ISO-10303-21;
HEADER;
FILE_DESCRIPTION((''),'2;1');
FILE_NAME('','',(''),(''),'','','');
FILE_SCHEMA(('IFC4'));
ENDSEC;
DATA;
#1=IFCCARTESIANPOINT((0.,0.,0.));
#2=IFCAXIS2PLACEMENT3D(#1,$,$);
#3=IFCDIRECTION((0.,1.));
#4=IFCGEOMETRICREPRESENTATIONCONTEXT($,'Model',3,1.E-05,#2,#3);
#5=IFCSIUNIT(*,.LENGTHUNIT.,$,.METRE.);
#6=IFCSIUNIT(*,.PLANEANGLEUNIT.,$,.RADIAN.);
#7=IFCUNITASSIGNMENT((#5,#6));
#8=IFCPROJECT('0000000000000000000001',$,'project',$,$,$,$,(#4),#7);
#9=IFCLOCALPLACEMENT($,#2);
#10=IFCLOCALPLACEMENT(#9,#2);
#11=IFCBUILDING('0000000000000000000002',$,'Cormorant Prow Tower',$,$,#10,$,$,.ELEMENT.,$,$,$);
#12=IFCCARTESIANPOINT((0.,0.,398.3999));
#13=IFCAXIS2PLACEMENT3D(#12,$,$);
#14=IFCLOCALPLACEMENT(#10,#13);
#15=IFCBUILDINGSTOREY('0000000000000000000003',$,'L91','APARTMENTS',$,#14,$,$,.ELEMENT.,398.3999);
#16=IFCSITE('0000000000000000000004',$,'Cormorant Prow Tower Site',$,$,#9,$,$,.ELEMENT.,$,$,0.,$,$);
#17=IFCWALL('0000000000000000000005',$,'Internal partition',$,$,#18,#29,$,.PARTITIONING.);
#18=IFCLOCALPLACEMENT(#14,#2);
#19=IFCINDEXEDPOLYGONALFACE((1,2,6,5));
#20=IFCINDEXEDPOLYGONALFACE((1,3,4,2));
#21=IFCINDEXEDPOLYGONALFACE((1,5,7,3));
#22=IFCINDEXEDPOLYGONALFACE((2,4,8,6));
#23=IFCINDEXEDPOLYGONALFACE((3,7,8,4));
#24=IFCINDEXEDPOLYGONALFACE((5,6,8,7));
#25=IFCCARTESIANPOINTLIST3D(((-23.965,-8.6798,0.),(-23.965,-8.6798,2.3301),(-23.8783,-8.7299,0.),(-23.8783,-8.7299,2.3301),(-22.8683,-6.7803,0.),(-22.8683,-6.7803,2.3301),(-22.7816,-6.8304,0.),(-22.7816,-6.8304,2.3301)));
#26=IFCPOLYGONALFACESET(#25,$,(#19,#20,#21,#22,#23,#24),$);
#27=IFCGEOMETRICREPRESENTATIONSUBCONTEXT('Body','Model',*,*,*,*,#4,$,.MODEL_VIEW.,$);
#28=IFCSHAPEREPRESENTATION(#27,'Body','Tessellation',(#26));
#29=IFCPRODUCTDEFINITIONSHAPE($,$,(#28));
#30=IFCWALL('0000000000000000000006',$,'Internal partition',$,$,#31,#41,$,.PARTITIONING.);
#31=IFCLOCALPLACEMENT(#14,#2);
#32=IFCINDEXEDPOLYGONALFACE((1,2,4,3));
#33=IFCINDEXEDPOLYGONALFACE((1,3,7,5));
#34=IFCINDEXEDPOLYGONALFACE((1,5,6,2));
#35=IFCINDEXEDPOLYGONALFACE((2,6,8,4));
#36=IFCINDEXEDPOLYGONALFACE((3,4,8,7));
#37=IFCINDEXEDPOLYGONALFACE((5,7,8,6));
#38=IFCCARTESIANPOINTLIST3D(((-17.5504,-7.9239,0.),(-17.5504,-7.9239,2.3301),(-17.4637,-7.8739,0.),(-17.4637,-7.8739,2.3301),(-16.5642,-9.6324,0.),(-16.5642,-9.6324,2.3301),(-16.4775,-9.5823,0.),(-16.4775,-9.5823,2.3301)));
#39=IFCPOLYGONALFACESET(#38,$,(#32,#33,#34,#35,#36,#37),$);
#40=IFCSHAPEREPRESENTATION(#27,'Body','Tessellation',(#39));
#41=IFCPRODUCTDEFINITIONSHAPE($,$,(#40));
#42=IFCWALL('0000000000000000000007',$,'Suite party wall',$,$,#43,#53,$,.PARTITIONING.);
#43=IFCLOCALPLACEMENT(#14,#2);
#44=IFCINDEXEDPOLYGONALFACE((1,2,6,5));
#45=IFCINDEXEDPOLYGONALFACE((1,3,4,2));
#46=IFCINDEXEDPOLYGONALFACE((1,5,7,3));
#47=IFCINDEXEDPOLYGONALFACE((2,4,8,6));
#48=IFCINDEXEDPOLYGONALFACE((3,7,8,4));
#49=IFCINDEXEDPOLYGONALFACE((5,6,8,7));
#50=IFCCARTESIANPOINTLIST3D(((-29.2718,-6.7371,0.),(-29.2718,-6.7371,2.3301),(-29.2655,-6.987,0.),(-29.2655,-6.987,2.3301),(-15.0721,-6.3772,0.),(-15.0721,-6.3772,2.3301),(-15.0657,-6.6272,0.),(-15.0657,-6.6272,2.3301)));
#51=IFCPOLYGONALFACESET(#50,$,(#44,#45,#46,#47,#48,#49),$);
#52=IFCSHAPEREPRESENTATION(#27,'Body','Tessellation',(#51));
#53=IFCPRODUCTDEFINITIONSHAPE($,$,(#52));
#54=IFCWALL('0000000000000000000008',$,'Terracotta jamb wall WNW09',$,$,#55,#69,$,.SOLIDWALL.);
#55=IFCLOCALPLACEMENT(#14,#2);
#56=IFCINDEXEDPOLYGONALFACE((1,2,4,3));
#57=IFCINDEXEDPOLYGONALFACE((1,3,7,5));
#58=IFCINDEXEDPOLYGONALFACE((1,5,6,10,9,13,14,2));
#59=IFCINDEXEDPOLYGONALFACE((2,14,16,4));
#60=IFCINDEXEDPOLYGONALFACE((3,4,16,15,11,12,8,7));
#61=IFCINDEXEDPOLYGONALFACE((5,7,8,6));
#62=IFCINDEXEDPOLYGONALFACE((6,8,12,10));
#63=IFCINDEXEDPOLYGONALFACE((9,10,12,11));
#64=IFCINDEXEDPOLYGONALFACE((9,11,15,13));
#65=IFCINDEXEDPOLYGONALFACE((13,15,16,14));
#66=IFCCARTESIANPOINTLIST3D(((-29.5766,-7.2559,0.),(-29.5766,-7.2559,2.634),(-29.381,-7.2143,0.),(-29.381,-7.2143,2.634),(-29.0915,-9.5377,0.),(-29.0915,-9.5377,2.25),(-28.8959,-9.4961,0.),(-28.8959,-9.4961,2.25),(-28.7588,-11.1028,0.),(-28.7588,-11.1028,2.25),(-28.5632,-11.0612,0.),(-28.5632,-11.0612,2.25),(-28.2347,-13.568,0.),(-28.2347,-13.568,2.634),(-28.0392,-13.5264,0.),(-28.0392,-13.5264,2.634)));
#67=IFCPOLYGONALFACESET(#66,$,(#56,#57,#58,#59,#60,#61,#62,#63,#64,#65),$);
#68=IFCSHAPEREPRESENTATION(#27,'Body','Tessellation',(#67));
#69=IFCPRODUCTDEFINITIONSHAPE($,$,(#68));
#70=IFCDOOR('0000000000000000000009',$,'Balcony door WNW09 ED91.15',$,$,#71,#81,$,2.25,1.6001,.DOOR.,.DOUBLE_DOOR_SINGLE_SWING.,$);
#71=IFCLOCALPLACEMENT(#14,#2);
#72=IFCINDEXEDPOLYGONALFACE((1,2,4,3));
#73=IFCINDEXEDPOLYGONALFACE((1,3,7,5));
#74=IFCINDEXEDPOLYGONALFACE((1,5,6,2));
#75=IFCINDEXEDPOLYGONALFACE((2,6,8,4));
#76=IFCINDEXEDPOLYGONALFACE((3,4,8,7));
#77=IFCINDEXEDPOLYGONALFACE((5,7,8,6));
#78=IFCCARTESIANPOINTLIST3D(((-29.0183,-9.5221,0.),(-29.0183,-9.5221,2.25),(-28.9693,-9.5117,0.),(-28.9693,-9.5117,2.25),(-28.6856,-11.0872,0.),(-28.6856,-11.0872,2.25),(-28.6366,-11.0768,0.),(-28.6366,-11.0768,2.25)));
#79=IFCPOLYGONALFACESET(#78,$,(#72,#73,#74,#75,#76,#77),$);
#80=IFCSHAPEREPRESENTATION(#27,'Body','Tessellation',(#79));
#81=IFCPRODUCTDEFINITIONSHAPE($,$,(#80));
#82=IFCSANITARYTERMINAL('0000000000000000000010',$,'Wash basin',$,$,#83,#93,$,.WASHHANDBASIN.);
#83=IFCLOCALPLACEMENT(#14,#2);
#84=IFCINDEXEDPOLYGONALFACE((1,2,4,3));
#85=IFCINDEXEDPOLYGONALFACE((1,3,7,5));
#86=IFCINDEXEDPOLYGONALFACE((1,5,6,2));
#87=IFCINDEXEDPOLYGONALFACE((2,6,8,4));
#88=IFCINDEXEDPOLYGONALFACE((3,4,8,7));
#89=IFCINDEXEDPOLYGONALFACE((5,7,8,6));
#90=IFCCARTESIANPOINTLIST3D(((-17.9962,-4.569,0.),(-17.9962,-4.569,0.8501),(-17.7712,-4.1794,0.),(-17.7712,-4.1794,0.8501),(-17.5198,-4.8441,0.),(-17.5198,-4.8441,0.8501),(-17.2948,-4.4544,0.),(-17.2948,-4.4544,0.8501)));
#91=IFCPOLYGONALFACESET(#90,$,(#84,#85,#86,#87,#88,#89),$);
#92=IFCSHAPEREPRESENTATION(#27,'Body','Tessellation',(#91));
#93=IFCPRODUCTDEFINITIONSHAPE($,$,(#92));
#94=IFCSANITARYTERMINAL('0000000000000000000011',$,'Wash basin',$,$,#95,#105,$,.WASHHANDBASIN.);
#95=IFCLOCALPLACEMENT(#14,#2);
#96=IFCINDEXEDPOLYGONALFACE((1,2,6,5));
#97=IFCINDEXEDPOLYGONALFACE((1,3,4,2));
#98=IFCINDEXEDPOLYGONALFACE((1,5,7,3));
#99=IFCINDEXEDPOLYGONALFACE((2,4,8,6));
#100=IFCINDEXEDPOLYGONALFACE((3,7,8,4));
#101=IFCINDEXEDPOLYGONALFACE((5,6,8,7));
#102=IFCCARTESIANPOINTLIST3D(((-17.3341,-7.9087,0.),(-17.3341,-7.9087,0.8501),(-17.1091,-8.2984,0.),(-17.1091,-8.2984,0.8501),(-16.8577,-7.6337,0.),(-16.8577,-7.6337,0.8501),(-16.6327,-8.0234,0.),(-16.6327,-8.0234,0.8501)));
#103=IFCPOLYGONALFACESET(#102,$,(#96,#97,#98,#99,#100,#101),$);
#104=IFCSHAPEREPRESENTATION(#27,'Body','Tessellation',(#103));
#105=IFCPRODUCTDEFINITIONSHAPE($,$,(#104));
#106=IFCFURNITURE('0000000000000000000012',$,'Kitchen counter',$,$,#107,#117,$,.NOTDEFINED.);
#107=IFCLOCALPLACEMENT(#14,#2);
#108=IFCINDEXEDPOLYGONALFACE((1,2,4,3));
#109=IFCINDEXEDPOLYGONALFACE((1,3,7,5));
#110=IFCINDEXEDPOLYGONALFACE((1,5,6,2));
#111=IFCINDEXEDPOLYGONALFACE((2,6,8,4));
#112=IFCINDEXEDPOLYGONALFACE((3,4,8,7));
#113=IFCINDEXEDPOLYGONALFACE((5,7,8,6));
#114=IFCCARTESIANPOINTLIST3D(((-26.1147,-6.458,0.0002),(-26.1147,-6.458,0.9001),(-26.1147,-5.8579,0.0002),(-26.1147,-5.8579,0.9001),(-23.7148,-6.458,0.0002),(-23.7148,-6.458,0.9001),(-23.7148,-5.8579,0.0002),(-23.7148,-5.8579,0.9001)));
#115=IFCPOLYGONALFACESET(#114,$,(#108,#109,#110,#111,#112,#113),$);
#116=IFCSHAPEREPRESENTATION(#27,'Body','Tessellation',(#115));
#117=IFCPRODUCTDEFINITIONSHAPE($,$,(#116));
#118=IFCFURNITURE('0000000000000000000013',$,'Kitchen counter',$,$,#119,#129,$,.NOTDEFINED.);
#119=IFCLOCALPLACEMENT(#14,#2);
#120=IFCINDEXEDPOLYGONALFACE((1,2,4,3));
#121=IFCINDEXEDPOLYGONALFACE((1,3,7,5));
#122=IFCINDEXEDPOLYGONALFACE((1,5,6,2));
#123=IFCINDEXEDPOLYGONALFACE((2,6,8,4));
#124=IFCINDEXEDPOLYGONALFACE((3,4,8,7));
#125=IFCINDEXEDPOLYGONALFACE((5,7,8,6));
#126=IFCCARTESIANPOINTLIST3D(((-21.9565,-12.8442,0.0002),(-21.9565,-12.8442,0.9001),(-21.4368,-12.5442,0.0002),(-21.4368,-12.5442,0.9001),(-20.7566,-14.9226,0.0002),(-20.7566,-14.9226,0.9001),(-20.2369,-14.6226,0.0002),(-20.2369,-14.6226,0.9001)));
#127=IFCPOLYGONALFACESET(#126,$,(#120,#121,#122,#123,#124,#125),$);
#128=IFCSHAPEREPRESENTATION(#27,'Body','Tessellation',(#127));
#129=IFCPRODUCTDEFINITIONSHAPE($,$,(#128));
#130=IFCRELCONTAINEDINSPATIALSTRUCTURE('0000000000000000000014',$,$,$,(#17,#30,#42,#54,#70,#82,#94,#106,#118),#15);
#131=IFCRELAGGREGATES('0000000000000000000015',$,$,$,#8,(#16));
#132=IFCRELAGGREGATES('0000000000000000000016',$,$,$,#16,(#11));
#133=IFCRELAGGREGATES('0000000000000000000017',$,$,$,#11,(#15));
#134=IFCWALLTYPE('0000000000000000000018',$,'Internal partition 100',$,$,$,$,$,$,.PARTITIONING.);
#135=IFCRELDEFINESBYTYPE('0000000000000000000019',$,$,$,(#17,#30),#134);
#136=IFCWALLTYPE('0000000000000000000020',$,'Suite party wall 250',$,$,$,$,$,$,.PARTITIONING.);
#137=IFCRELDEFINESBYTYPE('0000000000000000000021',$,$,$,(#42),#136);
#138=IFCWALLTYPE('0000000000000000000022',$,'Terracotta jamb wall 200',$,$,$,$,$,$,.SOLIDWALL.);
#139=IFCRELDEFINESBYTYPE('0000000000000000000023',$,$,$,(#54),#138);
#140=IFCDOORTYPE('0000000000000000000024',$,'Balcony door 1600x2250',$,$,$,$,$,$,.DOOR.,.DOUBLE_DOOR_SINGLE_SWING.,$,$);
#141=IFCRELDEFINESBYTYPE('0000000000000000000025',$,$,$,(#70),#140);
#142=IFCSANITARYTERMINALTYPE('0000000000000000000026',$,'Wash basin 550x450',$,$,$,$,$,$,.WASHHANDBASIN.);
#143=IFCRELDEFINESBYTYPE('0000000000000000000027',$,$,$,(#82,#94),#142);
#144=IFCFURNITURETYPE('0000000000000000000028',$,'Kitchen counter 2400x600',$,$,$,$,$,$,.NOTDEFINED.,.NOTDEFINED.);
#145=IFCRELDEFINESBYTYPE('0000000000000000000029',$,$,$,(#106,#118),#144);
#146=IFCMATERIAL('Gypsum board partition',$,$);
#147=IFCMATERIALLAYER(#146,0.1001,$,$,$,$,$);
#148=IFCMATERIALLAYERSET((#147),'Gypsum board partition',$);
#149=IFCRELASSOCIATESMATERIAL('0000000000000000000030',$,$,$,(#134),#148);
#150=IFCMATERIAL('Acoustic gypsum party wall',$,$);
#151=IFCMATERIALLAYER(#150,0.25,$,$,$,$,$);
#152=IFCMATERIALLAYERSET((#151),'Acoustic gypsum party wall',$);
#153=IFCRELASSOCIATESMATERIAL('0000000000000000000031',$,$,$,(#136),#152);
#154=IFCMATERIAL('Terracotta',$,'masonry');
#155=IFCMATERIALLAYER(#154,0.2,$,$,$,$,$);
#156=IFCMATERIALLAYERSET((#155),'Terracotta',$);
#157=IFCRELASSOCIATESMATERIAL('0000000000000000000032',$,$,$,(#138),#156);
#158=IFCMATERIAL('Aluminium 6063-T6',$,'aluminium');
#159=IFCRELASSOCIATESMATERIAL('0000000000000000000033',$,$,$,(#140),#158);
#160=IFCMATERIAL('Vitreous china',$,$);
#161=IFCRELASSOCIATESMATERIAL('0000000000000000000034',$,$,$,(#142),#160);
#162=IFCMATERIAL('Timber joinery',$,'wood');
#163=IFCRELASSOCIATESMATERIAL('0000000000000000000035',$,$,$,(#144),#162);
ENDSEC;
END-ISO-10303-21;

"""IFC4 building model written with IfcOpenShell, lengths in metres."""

from ifc_helpers import new_model, si_unit, direction, frame, frame_2d, origin, origin_2d, place, context, subcontext, project, spatial, rectangle, extrude, material, layer, layer_set, type_object, element, fill, save


model = new_model("IFC4")

# Units and contexts
model_context = context("Model", 3, precision=1e-05, world=origin(), true_north=direction((0.0, 1.0)))
body_context = subcontext(model_context, "Body", "Model", "MODEL_VIEW")
ifc_project = project(units=[si_unit("LENGTHUNIT", "METRE"), si_unit("PLANEANGLEUNIT", "RADIAN")], contexts=[model_context])

# Site, building, storey
site_placement = place(None, origin())
site = spatial("IfcSite", under=ifc_project, at=site_placement, Name="Cormorant Prow Tower Site", CompositionType="ELEMENT", RefElevation=0.0)
building_placement = place(site_placement, origin())
building = spatial("IfcBuilding", under=site, at=building_placement, Name="Cormorant Prow Tower", CompositionType="ELEMENT")
storey_placement = place(building_placement, frame((0.0, 0.0, 398.3999)))
storey = spatial("IfcBuildingStorey", under=building, at=storey_placement, Name="L91", Description="APARTMENTS", CompositionType="ELEMENT", Elevation=398.3999)

# Shared definitions
ifc_material_1 = material(Name="Gypsum board partition")
ifc_layer_1 = layer(ifc_material_1, 0.1001)
ifc_layer_set_1 = layer_set([ifc_layer_1], Name="Gypsum board partition")
wall_type_1 = type_object("IfcWallType", Name="Internal partition 100", PredefinedType="PARTITIONING", material=ifc_layer_set_1)

# Walls
wall_1_placement = place(storey_placement, frame((-23.9216, -8.7048, 0.0), z_axis=(0.0, 0.0, 1.0), x_axis=(0.500018, 0.866015, 0.0)))
element("IfcWall", 1, at=wall_1_placement, inside=storey, type_object=wall_type_1, Name="Internal partition", PredefinedType="PARTITIONING", context=body_context, shape_type="SweptSolid", body=[
    extrude(rectangle(XDim=2.1934, YDim=0.1001, at=frame_2d((1.0967, 0.0))), origin(), (0.0, 0.0, 1.0), 2.3301),
])
wall_2_placement = place(storey_placement, frame((-17.5071, -7.8989, 0.0), z_axis=(0.0, 0.0, 1.0), x_axis=(0.499972, -0.866041, 0.0)))
element("IfcWall", 2, at=wall_2_placement, inside=storey, type_object=wall_type_1, Name="Internal partition", PredefinedType="PARTITIONING", context=body_context, shape_type="SweptSolid", body=[
    extrude(rectangle(XDim=1.9727, YDim=0.1001, at=frame_2d((0.9863, 0.0))), origin(), (0.0, 0.0, 1.0), 2.3301),
])
ifc_material_2 = material(Name="Acoustic gypsum party wall")
ifc_layer_2 = layer(ifc_material_2, 0.25)
ifc_layer_set_2 = layer_set([ifc_layer_2], Name="Acoustic gypsum party wall")
wall_type_2 = type_object("IfcWallType", Name="Suite party wall 250", PredefinedType="PARTITIONING", material=ifc_layer_set_2)
wall_3_placement = place(storey_placement, frame((-29.2686, -6.8621, 0.0), z_axis=(0.0, 0.0, 1.0), x_axis=(0.999679, 0.025335, 0.0)))
element("IfcWall", 3, at=wall_3_placement, inside=storey, type_object=wall_type_2, Name="Suite party wall", PredefinedType="PARTITIONING", context=body_context, shape_type="SweptSolid", body=[
    extrude(rectangle(XDim=14.2043, YDim=0.25, at=frame_2d((7.1021, 0.0))), origin(), (0.0, 0.0, 1.0), 2.3301),
])

# Wall, opening, door
ifc_material_3 = material(Name="Terracotta", Category="masonry")
ifc_layer_3 = layer(ifc_material_3, 0.2)
ifc_layer_set_3 = layer_set([ifc_layer_3], Name="Terracotta")
wall_type_3 = type_object("IfcWallType", Name="Terracotta jamb wall 200", PredefinedType="SOLIDWALL", material=ifc_layer_set_3)
wall_4_placement = place(storey_placement, frame((-29.4788, -7.2351, 0.0), z_axis=(0.0, 0.0, 1.0), x_axis=(0.207932, -0.978143, 0.0)))
wall_4 = element("IfcWall", 4, at=wall_4_placement, inside=storey, type_object=wall_type_3, Name="Terracotta jamb wall WNW09", PredefinedType="SOLIDWALL", context=body_context, shape_type="SweptSolid", body=[
    extrude(rectangle(XDim=6.4531, YDim=0.2, at=frame_2d((3.2266, 0.0))), origin(), (0.0, 0.0, 1.0), 2.634),
])
opening_1_placement = place(wall_4_placement, frame((2.3328, 0.0, 0.0)))
opening_1 = element("IfcOpeningElement", 5, at=opening_1_placement, cuts=wall_4, PredefinedType="OPENING", context=body_context, shape_type="SweptSolid", body=[
    extrude(rectangle(XDim=1.6001, YDim=2.25, at=frame_2d((0.8, 1.125))), frame((0.0, 0.1099, 0.0), z_axis=(0.0, -1.0, 0.0), x_axis=(1.0, 0.0, 0.0)), (0.0, 0.0, 1.0), 0.22),
])
ifc_material_4 = material(Name="Aluminium 6063-T6", Category="aluminium")
door_type_1 = type_object("IfcDoorType", Name="Balcony door 1600x2250", OperationType="DOUBLE_DOOR_SINGLE_SWING", PredefinedType="DOOR", material=ifc_material_4)
door_1_placement = place(opening_1_placement, origin())
door_1 = element("IfcDoor", 6, at=door_1_placement, inside=storey, type_object=door_type_1, Name="Balcony door WNW09 ED91.15", OperationType="DOUBLE_DOOR_SINGLE_SWING", OverallHeight=2.25, OverallWidth=1.6001, PredefinedType="DOOR", context=body_context, shape_type="SweptSolid", body=[
    extrude(rectangle(XDim=1.6001, YDim=2.25, at=frame_2d((0.8, 1.125))), frame((0.0, 0.0249, 0.0), z_axis=(0.0, -1.0, 0.0), x_axis=(1.0, 0.0, 0.0)), (0.0, 0.0, 1.0), 0.05),
])
fill(opening_1, door_1)

# Sanitary terminals
ifc_material_5 = material(Name="Vitreous china")
sanitary_terminal_type = type_object("IfcSanitaryTerminalType", Name="Wash basin 550x450", PredefinedType="WASHHANDBASIN", material=ifc_material_5)
for number, where, z_axis, x_axis, name in (
    (7, (-17.6455, -4.5117, 0.0), (0.0, 0.0, 1.0), (-0.866025, 0.5, 0.0), "Wash basin"),
    (8, (-16.9834, -7.9661, 0.0), (0.0, 0.0, 1.0), (0.866025, 0.5, 0.0), "Wash basin"),
):
    element("IfcSanitaryTerminal", number, at=place(storey_placement, frame(where, z_axis=z_axis, x_axis=x_axis)), inside=storey, type_object=sanitary_terminal_type, Name=name, PredefinedType="WASHHANDBASIN", context=body_context, shape_type="SweptSolid", body=[
        extrude(rectangle(XDim=0.55, YDim=0.45, at=origin_2d()), origin(), (0.0, 0.0, 1.0), 0.8501),
    ])

# Furniture
ifc_material_6 = material(Name="Timber joinery", Category="wood")
furniture_type = type_object("IfcFurnitureType", Name="Kitchen counter 2400x600", AssemblyPlace="NOTDEFINED", PredefinedType="NOTDEFINED", material=ifc_material_6)
for number, where, z_axis, x_axis, name in (
    (9, (-24.9148, -6.158, 0.0002), (0.0, 0.0, 1.0), (1.0, 0.0, 0.0), "Kitchen counter"),
    (10, (-21.0967, -13.7334, 0.0002), (0.0, 0.0, 1.0), (0.5, -0.866025, 0.0), "Kitchen counter"),
):
    element("IfcFurniture", number, at=place(storey_placement, frame(where, z_axis=z_axis, x_axis=x_axis)), inside=storey, type_object=furniture_type, Name=name, PredefinedType="NOTDEFINED", context=body_context, shape_type="SweptSolid", body=[
        extrude(rectangle(XDim=2.3999, YDim=0.6001, at=origin_2d()), origin(), (0.0, 0.0, 1.0), 0.8999),
    ])

save(model, "model.ifc")
